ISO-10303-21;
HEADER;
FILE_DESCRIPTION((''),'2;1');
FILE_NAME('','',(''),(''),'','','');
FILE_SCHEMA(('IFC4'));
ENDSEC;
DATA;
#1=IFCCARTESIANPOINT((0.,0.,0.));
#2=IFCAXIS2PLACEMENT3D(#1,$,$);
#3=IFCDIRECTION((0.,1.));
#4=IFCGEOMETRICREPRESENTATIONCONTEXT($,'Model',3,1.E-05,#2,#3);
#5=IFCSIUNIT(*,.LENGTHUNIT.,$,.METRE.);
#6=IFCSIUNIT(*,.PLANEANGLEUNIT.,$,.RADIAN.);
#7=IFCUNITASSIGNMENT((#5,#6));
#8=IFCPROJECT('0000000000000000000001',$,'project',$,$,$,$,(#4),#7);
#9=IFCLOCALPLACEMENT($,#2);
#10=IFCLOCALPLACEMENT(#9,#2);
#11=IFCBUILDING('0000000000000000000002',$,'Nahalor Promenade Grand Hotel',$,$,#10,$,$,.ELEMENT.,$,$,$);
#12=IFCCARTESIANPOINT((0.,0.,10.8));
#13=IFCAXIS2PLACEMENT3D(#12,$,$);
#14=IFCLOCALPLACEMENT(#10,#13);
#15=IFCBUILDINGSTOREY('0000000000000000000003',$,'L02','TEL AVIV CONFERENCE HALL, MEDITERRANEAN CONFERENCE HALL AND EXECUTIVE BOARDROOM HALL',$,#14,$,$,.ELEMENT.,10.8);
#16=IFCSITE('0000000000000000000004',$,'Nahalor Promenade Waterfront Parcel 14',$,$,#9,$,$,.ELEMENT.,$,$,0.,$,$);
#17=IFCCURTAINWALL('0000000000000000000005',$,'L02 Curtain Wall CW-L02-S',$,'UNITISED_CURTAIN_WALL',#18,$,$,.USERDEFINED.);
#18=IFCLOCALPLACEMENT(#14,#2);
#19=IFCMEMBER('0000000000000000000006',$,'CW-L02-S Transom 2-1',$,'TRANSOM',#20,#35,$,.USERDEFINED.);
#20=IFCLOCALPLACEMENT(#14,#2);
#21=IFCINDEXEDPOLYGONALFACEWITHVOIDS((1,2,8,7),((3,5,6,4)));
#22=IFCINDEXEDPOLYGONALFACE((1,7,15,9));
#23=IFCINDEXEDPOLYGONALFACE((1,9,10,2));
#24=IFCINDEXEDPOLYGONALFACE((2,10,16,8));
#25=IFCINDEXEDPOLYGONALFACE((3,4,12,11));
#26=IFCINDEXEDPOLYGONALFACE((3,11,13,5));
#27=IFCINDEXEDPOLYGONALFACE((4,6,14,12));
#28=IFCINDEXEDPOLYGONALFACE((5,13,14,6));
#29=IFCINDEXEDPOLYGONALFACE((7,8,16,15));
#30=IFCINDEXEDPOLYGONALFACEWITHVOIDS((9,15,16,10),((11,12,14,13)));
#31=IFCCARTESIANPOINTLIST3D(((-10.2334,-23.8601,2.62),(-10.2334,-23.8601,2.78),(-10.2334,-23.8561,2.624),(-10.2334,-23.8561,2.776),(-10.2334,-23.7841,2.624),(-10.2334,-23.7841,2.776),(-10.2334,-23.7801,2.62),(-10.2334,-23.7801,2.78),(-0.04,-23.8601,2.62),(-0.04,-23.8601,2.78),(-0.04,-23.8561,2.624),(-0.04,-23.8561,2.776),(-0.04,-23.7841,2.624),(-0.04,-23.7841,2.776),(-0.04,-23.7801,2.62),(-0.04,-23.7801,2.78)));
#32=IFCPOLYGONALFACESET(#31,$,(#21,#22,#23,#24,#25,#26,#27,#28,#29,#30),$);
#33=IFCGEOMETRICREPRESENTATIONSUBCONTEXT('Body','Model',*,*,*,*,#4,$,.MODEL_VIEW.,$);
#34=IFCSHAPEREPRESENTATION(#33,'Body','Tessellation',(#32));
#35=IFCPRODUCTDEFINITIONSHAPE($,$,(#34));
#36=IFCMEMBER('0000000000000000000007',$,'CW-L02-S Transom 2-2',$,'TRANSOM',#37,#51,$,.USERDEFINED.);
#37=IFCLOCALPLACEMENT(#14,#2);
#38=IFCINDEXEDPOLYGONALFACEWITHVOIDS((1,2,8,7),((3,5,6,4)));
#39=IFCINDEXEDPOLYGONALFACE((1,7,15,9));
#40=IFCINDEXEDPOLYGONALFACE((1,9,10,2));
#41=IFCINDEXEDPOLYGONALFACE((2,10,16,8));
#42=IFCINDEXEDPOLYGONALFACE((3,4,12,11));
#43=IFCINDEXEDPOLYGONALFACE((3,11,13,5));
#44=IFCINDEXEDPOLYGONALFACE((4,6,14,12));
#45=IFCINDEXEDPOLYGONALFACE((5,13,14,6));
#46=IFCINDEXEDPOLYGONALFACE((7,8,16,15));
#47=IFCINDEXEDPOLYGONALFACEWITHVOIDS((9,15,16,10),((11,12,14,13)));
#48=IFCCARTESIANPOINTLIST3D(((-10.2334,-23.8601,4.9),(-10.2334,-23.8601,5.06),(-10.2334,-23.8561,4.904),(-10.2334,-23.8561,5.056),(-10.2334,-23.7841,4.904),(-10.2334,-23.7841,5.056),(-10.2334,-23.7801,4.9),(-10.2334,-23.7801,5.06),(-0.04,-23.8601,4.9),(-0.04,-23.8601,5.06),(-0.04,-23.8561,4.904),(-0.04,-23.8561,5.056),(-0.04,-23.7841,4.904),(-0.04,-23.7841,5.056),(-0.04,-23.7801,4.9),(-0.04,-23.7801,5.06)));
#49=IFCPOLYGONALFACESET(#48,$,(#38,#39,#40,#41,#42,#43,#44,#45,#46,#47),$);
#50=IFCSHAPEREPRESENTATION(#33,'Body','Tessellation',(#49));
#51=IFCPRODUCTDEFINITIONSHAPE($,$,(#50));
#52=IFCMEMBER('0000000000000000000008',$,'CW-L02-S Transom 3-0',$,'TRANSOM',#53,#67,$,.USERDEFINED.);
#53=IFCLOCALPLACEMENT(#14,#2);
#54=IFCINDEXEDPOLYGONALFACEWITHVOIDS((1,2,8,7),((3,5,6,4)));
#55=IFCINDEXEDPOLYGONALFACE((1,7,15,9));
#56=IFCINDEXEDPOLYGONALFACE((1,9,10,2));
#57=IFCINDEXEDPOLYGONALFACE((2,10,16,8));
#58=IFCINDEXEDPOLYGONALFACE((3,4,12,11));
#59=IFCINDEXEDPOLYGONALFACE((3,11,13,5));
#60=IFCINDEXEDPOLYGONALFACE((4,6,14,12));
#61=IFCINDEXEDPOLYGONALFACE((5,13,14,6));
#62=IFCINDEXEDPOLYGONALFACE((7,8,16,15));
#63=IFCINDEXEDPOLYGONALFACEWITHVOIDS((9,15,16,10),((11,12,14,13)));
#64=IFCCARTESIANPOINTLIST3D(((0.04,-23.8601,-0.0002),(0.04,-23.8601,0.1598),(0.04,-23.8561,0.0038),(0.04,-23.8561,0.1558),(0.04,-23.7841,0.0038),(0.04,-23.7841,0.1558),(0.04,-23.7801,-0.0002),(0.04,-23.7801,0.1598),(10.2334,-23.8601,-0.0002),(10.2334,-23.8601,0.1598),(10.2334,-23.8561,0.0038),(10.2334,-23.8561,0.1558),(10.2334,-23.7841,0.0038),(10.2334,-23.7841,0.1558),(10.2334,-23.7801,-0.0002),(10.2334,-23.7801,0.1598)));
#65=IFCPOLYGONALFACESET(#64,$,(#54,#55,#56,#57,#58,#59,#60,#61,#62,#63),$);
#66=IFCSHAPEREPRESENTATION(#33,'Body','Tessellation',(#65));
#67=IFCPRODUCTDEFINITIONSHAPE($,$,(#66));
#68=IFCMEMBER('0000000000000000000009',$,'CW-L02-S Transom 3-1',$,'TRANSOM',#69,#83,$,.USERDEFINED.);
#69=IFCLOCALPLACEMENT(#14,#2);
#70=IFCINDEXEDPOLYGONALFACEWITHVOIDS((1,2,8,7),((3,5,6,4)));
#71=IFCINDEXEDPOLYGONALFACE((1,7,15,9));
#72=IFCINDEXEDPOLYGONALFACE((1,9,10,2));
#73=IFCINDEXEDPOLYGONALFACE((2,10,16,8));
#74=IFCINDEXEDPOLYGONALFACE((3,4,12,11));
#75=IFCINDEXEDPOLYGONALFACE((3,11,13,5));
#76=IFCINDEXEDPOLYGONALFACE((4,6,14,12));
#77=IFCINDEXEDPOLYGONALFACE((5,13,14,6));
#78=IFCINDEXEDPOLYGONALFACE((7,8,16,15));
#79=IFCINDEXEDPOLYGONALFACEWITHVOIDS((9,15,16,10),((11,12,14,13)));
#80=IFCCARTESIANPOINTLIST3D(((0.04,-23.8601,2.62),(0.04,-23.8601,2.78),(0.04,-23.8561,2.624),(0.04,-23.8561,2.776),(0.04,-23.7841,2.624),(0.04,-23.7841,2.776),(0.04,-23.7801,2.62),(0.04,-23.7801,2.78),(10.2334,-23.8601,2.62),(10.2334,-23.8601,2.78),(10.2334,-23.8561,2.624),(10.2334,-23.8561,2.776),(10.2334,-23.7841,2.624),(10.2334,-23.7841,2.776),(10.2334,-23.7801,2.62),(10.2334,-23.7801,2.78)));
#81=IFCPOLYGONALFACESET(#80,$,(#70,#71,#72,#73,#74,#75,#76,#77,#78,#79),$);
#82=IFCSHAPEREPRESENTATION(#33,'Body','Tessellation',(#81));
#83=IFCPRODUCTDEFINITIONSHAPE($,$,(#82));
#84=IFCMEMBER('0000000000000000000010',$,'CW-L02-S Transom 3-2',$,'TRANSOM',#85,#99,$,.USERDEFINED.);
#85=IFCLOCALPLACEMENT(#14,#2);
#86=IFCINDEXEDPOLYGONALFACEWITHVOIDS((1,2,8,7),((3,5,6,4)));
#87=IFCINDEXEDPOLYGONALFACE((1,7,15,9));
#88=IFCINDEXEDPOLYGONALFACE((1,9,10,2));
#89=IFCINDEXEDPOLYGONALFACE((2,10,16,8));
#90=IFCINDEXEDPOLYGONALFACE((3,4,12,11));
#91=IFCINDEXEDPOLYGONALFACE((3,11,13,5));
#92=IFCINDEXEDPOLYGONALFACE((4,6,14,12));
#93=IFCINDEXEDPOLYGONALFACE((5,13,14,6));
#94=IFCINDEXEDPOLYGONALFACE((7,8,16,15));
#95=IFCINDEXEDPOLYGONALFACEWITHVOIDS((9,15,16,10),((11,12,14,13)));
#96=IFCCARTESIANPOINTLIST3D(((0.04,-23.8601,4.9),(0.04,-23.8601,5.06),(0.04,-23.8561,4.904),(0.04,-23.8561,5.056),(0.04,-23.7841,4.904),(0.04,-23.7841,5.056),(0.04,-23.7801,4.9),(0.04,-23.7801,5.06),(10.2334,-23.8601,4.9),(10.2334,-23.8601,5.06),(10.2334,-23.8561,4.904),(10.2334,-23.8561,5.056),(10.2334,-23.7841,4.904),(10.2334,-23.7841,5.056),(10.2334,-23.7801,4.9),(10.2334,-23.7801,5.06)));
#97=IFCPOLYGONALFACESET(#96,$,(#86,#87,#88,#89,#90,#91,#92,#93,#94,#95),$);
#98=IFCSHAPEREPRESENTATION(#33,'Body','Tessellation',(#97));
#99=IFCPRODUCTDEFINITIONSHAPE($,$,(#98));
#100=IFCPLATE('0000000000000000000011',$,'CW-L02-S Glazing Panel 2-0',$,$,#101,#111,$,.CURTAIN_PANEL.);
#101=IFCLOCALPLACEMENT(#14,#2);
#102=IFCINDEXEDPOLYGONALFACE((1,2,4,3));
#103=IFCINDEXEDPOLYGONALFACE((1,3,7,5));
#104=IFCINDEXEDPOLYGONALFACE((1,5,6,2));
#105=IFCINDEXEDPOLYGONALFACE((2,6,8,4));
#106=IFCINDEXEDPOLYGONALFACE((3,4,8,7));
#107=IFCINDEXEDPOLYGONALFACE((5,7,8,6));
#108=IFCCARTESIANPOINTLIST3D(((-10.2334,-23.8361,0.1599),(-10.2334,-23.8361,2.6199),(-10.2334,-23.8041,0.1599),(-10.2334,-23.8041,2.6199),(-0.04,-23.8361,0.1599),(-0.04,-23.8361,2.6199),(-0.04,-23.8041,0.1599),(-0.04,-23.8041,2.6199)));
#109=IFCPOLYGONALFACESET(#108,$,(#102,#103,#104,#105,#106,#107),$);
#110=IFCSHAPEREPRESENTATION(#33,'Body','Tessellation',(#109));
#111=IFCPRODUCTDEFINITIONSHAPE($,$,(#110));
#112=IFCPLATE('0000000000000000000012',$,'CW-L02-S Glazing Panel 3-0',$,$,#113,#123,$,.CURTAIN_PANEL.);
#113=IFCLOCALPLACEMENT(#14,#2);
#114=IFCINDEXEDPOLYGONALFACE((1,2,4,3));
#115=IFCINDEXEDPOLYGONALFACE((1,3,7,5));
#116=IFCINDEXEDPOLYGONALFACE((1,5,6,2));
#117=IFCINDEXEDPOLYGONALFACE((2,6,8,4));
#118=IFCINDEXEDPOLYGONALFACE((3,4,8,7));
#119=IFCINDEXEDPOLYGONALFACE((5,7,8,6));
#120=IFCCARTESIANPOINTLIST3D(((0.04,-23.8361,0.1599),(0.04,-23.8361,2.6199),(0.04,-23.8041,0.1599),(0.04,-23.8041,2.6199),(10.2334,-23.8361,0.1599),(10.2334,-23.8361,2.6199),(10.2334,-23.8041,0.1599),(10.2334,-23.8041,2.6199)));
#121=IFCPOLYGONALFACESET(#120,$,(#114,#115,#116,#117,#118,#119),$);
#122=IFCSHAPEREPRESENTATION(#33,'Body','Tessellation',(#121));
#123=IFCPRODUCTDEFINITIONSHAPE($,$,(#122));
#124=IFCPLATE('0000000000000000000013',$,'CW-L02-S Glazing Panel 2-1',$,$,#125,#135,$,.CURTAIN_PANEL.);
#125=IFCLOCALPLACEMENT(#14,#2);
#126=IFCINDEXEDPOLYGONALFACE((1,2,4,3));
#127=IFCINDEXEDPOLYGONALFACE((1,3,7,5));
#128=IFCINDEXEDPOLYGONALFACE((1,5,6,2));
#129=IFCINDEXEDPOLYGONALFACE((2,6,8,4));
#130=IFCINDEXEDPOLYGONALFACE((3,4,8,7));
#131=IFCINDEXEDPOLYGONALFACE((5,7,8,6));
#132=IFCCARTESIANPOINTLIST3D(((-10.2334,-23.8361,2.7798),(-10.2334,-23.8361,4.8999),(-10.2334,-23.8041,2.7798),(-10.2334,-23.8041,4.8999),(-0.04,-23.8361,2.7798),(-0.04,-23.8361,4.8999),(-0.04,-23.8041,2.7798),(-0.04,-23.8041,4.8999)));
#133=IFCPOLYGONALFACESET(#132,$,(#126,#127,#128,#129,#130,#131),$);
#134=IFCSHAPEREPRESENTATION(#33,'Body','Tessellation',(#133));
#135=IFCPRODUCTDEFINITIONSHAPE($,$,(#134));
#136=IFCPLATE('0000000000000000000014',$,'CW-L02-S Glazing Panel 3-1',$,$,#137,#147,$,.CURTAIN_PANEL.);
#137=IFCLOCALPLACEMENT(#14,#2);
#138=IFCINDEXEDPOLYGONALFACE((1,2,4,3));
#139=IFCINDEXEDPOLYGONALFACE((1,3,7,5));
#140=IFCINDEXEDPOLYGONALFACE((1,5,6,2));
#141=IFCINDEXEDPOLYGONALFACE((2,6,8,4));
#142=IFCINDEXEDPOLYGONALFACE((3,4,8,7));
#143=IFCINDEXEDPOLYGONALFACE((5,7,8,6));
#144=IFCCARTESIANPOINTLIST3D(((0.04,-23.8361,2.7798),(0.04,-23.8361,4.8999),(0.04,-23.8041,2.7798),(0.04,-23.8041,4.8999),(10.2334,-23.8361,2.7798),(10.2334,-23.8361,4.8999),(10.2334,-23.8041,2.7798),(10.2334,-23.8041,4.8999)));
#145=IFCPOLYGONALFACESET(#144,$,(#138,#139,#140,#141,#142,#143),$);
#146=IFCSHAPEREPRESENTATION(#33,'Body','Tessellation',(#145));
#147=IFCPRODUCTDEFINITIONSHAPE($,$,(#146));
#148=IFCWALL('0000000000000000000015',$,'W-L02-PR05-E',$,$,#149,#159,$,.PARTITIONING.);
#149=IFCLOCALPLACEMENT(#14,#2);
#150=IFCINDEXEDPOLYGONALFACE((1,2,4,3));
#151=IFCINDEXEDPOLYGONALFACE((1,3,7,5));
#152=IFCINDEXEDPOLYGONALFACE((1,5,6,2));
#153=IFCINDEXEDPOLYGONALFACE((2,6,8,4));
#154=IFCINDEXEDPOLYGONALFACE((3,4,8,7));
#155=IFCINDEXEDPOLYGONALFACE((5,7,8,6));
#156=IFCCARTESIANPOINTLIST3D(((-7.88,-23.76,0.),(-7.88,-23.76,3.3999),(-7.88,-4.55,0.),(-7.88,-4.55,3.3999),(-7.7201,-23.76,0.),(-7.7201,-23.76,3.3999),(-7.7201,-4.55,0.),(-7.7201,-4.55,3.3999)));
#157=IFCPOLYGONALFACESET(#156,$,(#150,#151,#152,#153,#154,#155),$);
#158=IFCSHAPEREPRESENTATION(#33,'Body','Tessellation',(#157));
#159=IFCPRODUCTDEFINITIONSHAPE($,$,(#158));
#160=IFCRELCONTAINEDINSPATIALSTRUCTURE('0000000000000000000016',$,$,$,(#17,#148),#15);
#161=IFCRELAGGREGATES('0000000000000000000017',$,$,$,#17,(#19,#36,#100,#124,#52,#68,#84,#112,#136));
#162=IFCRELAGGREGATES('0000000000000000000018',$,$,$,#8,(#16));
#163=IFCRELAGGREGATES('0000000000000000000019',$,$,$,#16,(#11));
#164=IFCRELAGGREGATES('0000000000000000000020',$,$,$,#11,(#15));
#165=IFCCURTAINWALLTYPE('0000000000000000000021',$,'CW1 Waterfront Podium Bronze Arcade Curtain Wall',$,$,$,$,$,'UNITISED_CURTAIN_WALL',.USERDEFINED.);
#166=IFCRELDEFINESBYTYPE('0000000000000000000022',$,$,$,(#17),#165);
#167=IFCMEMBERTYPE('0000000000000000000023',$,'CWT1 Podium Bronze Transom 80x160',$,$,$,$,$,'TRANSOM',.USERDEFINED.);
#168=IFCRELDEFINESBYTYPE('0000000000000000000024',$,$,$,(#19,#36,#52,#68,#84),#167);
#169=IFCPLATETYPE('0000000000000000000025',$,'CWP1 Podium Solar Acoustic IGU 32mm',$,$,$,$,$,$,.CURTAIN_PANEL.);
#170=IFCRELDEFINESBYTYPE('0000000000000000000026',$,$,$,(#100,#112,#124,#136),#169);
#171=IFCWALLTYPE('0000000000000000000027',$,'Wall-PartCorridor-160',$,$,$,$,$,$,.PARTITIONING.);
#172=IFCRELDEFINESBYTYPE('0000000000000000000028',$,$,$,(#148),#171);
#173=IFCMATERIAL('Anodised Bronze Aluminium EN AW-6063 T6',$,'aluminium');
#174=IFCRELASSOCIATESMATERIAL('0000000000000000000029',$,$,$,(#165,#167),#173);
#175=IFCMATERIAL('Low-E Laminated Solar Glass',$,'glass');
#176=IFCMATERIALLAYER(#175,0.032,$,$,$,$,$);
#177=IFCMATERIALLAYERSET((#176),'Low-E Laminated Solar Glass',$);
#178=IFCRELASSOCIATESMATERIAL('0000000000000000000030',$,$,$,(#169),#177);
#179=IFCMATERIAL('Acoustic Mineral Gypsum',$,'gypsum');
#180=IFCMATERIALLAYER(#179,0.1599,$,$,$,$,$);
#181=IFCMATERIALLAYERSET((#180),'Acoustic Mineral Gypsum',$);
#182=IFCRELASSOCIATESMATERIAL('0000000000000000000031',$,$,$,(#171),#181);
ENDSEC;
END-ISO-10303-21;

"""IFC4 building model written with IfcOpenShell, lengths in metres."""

from ifc_helpers import new_model, si_unit, direction, frame, frame_2d, origin, origin_2d, place, context, subcontext, project, spatial, rectangle, hollow_rectangle, extrude, source, transform, mapped, material, layer, layer_set, material_profile, profile_set, type_object, element, aggregate, save


model = new_model("IFC4")

# Units and contexts
model_context = context("Model", 3, precision=1e-05, world=origin(), true_north=direction((0.0, 1.0)))
body_context = subcontext(model_context, "Body", "Model", "MODEL_VIEW")
ifc_project = project(units=[si_unit("LENGTHUNIT", "METRE"), si_unit("PLANEANGLEUNIT", "RADIAN")], contexts=[model_context])

# Site, building, storey
site_placement = place(None, origin())
site = spatial("IfcSite", under=ifc_project, at=site_placement, Name="Nahalor Promenade Waterfront Parcel 14", CompositionType="ELEMENT", RefElevation=0.0)
building_placement = place(site_placement, origin())
building = spatial("IfcBuilding", under=site, at=building_placement, Name="Nahalor Promenade Grand Hotel", CompositionType="ELEMENT")
storey_placement = place(building_placement, frame((0.0, 0.0, 10.8)))
storey = spatial("IfcBuildingStorey", under=building, at=storey_placement, Name="L02", Description="TEL AVIV CONFERENCE HALL, MEDITERRANEAN CONFERENCE HALL AND EXECUTIVE BOARDROOM HALL", CompositionType="ELEMENT", Elevation=10.8)

# Curtain wall, members, plates
ifc_material_1 = material(Name="Anodised Bronze Aluminium EN AW-6063 T6", Category="aluminium")
curtain_wall_type = type_object("IfcCurtainWallType", Name="CW1 Waterfront Podium Bronze Arcade Curtain Wall", ElementType="UNITISED_CURTAIN_WALL", PredefinedType="USERDEFINED", material=ifc_material_1)
curtain_wall_placement = place(storey_placement, origin())
curtain_wall = element("IfcCurtainWall", 1, at=curtain_wall_placement, inside=storey, type_object=curtain_wall_type, Name="L02 Curtain Wall CW-L02-S", ObjectType="UNITISED_CURTAIN_WALL", PredefinedType="USERDEFINED")
ifc_material_profile_1 = material_profile(ifc_material_1, hollow_rectangle(XDim=0.08, YDim=0.16, WallThickness=0.004, at=origin_2d()), Name="CWT 80x160x4")
ifc_profile_set_1 = profile_set([ifc_material_profile_1], Name="Anodised Bronze Aluminium EN AW-6063 T6")
member_type_1 = type_object("IfcMemberType", Name="CWT1 Podium Bronze Transom 80x160", ElementType="TRANSOM", PredefinedType="USERDEFINED", material=ifc_profile_set_1)
shared_shape_1 = source(origin(), body_context, "Body", "SweptSolid", [
    extrude(hollow_rectangle(XDim=0.08, YDim=0.16, WallThickness=0.004, at=origin_2d()), origin(), (0.0, 0.0, 1.0), 10.1934),
])
member_1_placement = place(storey_placement, frame((-10.2334, -23.8201, 2.7), z_axis=(1.0, 0.0, 0.0), x_axis=(0.0, 1.0, 0.0)))
member_1 = element("IfcMember", 2, at=member_1_placement, type_object=member_type_1, Name="CW-L02-S Transom 2-1", ObjectType="TRANSOM", PredefinedType="USERDEFINED", context=body_context, shape_type="MappedRepresentation", body=[
    mapped(shared_shape_1, transform((0.0, 0.0, 0.0), scale=1.0)),
])
member_2_placement = place(storey_placement, frame((-10.2334, -23.8201, 4.98), z_axis=(1.0, 0.0, 0.0), x_axis=(0.0, 1.0, 0.0)))
member_2 = element("IfcMember", 3, at=member_2_placement, type_object=member_type_1, Name="CW-L02-S Transom 2-2", ObjectType="TRANSOM", PredefinedType="USERDEFINED", context=body_context, shape_type="MappedRepresentation", body=[
    mapped(shared_shape_1, transform((0.0, 0.0, 0.0), scale=1.0)),
])
member_3_placement = place(storey_placement, frame((0.04, -23.8201, 0.0798), z_axis=(1.0, 0.0, 0.0), x_axis=(0.0, 1.0, 0.0)))
member_3 = element("IfcMember", 4, at=member_3_placement, type_object=member_type_1, Name="CW-L02-S Transom 3-0", ObjectType="TRANSOM", PredefinedType="USERDEFINED", context=body_context, shape_type="MappedRepresentation", body=[
    mapped(shared_shape_1, transform((0.0, 0.0, 0.0), scale=1.0)),
])
member_4_placement = place(storey_placement, frame((0.04, -23.8201, 2.7), z_axis=(1.0, 0.0, 0.0), x_axis=(0.0, 1.0, 0.0)))
member_4 = element("IfcMember", 5, at=member_4_placement, type_object=member_type_1, Name="CW-L02-S Transom 3-1", ObjectType="TRANSOM", PredefinedType="USERDEFINED", context=body_context, shape_type="MappedRepresentation", body=[
    mapped(shared_shape_1, transform((0.0, 0.0, 0.0), scale=1.0)),
])
member_5_placement = place(storey_placement, frame((0.04, -23.8201, 4.98), z_axis=(1.0, 0.0, 0.0), x_axis=(0.0, 1.0, 0.0)))
member_5 = element("IfcMember", 6, at=member_5_placement, type_object=member_type_1, Name="CW-L02-S Transom 3-2", ObjectType="TRANSOM", PredefinedType="USERDEFINED", context=body_context, shape_type="MappedRepresentation", body=[
    mapped(shared_shape_1, transform((0.0, 0.0, 0.0), scale=1.0)),
])
ifc_material_2 = material(Name="Low-E Laminated Solar Glass", Category="glass")
ifc_layer_1 = layer(ifc_material_2, 0.032)
ifc_layer_set_1 = layer_set([ifc_layer_1], Name="Low-E Laminated Solar Glass")
plate_type = type_object("IfcPlateType", Name="CWP1 Podium Solar Acoustic IGU 32mm", PredefinedType="CURTAIN_PANEL", material=ifc_layer_set_1)
shared_shape_2 = source(origin(), body_context, "Body", "SweptSolid", [
    extrude(rectangle(XDim=10.1934, YDim=0.032, at=origin_2d()), origin(), (0.0, 0.0, 1.0), 2.46),
])
plate_1_placement = place(storey_placement, frame((-5.1367, -23.8201, 0.1599), z_axis=(0.0, 0.0, 1.0), x_axis=(1.0, 0.0, 0.0)))
plate_1 = element("IfcPlate", 7, at=plate_1_placement, type_object=plate_type, Name="CW-L02-S Glazing Panel 2-0", PredefinedType="CURTAIN_PANEL", context=body_context, shape_type="MappedRepresentation", body=[
    mapped(shared_shape_2, transform((0.0, 0.0, 0.0), scale=1.0)),
])
plate_2_placement = place(storey_placement, frame((5.1367, -23.8201, 0.1599), z_axis=(0.0, 0.0, 1.0), x_axis=(1.0, 0.0, 0.0)))
plate_2 = element("IfcPlate", 8, at=plate_2_placement, type_object=plate_type, Name="CW-L02-S Glazing Panel 3-0", PredefinedType="CURTAIN_PANEL", context=body_context, shape_type="MappedRepresentation", body=[
    mapped(shared_shape_2, transform((0.0, 0.0, 0.0), scale=1.0)),
])
shared_shape_3 = source(origin(), body_context, "Body", "SweptSolid", [
    extrude(rectangle(XDim=10.1934, YDim=0.032, at=origin_2d()), origin(), (0.0, 0.0, 1.0), 2.1201),
])
plate_3_placement = place(storey_placement, frame((-5.1367, -23.8201, 2.7798), z_axis=(0.0, 0.0, 1.0), x_axis=(1.0, 0.0, 0.0)))
plate_3 = element("IfcPlate", 9, at=plate_3_placement, type_object=plate_type, Name="CW-L02-S Glazing Panel 2-1", PredefinedType="CURTAIN_PANEL", context=body_context, shape_type="MappedRepresentation", body=[
    mapped(shared_shape_3, transform((0.0, 0.0, 0.0), scale=1.0)),
])
plate_4_placement = place(storey_placement, frame((5.1367, -23.8201, 2.7798), z_axis=(0.0, 0.0, 1.0), x_axis=(1.0, 0.0, 0.0)))
plate_4 = element("IfcPlate", 10, at=plate_4_placement, type_object=plate_type, Name="CW-L02-S Glazing Panel 3-1", PredefinedType="CURTAIN_PANEL", context=body_context, shape_type="MappedRepresentation", body=[
    mapped(shared_shape_3, transform((0.0, 0.0, 0.0), scale=1.0)),
])
aggregate(curtain_wall, [member_1, member_2, plate_1, plate_3, member_3, member_4, member_5, plate_2, plate_4])

# Wall
ifc_material_3 = material(Name="Acoustic Mineral Gypsum", Category="gypsum")
ifc_layer_2 = layer(ifc_material_3, 0.1599)
ifc_layer_set_2 = layer_set([ifc_layer_2], Name="Acoustic Mineral Gypsum")
wall_type = type_object("IfcWallType", Name="Wall-PartCorridor-160", PredefinedType="PARTITIONING", material=ifc_layer_set_2)
shared_shape_4 = source(origin(), body_context, "Body", "SweptSolid", [
    extrude(rectangle(XDim=19.21, YDim=0.1599, at=frame_2d((9.605, 0.0))), origin(), (0.0, 0.0, 1.0), 3.3999),
])
wall_placement = place(storey_placement, frame((-7.8, -23.76, 0.0), z_axis=(0.0, 0.0, 1.0), x_axis=(0.0, 1.0, 0.0)))
element("IfcWall", 11, at=wall_placement, inside=storey, type_object=wall_type, Name="W-L02-PR05-E", PredefinedType="PARTITIONING", context=body_context, shape_type="MappedRepresentation", body=[
    mapped(shared_shape_4, transform((0.0, 0.0, 0.0), scale=1.0)),
])

save(model, "model.ifc")
